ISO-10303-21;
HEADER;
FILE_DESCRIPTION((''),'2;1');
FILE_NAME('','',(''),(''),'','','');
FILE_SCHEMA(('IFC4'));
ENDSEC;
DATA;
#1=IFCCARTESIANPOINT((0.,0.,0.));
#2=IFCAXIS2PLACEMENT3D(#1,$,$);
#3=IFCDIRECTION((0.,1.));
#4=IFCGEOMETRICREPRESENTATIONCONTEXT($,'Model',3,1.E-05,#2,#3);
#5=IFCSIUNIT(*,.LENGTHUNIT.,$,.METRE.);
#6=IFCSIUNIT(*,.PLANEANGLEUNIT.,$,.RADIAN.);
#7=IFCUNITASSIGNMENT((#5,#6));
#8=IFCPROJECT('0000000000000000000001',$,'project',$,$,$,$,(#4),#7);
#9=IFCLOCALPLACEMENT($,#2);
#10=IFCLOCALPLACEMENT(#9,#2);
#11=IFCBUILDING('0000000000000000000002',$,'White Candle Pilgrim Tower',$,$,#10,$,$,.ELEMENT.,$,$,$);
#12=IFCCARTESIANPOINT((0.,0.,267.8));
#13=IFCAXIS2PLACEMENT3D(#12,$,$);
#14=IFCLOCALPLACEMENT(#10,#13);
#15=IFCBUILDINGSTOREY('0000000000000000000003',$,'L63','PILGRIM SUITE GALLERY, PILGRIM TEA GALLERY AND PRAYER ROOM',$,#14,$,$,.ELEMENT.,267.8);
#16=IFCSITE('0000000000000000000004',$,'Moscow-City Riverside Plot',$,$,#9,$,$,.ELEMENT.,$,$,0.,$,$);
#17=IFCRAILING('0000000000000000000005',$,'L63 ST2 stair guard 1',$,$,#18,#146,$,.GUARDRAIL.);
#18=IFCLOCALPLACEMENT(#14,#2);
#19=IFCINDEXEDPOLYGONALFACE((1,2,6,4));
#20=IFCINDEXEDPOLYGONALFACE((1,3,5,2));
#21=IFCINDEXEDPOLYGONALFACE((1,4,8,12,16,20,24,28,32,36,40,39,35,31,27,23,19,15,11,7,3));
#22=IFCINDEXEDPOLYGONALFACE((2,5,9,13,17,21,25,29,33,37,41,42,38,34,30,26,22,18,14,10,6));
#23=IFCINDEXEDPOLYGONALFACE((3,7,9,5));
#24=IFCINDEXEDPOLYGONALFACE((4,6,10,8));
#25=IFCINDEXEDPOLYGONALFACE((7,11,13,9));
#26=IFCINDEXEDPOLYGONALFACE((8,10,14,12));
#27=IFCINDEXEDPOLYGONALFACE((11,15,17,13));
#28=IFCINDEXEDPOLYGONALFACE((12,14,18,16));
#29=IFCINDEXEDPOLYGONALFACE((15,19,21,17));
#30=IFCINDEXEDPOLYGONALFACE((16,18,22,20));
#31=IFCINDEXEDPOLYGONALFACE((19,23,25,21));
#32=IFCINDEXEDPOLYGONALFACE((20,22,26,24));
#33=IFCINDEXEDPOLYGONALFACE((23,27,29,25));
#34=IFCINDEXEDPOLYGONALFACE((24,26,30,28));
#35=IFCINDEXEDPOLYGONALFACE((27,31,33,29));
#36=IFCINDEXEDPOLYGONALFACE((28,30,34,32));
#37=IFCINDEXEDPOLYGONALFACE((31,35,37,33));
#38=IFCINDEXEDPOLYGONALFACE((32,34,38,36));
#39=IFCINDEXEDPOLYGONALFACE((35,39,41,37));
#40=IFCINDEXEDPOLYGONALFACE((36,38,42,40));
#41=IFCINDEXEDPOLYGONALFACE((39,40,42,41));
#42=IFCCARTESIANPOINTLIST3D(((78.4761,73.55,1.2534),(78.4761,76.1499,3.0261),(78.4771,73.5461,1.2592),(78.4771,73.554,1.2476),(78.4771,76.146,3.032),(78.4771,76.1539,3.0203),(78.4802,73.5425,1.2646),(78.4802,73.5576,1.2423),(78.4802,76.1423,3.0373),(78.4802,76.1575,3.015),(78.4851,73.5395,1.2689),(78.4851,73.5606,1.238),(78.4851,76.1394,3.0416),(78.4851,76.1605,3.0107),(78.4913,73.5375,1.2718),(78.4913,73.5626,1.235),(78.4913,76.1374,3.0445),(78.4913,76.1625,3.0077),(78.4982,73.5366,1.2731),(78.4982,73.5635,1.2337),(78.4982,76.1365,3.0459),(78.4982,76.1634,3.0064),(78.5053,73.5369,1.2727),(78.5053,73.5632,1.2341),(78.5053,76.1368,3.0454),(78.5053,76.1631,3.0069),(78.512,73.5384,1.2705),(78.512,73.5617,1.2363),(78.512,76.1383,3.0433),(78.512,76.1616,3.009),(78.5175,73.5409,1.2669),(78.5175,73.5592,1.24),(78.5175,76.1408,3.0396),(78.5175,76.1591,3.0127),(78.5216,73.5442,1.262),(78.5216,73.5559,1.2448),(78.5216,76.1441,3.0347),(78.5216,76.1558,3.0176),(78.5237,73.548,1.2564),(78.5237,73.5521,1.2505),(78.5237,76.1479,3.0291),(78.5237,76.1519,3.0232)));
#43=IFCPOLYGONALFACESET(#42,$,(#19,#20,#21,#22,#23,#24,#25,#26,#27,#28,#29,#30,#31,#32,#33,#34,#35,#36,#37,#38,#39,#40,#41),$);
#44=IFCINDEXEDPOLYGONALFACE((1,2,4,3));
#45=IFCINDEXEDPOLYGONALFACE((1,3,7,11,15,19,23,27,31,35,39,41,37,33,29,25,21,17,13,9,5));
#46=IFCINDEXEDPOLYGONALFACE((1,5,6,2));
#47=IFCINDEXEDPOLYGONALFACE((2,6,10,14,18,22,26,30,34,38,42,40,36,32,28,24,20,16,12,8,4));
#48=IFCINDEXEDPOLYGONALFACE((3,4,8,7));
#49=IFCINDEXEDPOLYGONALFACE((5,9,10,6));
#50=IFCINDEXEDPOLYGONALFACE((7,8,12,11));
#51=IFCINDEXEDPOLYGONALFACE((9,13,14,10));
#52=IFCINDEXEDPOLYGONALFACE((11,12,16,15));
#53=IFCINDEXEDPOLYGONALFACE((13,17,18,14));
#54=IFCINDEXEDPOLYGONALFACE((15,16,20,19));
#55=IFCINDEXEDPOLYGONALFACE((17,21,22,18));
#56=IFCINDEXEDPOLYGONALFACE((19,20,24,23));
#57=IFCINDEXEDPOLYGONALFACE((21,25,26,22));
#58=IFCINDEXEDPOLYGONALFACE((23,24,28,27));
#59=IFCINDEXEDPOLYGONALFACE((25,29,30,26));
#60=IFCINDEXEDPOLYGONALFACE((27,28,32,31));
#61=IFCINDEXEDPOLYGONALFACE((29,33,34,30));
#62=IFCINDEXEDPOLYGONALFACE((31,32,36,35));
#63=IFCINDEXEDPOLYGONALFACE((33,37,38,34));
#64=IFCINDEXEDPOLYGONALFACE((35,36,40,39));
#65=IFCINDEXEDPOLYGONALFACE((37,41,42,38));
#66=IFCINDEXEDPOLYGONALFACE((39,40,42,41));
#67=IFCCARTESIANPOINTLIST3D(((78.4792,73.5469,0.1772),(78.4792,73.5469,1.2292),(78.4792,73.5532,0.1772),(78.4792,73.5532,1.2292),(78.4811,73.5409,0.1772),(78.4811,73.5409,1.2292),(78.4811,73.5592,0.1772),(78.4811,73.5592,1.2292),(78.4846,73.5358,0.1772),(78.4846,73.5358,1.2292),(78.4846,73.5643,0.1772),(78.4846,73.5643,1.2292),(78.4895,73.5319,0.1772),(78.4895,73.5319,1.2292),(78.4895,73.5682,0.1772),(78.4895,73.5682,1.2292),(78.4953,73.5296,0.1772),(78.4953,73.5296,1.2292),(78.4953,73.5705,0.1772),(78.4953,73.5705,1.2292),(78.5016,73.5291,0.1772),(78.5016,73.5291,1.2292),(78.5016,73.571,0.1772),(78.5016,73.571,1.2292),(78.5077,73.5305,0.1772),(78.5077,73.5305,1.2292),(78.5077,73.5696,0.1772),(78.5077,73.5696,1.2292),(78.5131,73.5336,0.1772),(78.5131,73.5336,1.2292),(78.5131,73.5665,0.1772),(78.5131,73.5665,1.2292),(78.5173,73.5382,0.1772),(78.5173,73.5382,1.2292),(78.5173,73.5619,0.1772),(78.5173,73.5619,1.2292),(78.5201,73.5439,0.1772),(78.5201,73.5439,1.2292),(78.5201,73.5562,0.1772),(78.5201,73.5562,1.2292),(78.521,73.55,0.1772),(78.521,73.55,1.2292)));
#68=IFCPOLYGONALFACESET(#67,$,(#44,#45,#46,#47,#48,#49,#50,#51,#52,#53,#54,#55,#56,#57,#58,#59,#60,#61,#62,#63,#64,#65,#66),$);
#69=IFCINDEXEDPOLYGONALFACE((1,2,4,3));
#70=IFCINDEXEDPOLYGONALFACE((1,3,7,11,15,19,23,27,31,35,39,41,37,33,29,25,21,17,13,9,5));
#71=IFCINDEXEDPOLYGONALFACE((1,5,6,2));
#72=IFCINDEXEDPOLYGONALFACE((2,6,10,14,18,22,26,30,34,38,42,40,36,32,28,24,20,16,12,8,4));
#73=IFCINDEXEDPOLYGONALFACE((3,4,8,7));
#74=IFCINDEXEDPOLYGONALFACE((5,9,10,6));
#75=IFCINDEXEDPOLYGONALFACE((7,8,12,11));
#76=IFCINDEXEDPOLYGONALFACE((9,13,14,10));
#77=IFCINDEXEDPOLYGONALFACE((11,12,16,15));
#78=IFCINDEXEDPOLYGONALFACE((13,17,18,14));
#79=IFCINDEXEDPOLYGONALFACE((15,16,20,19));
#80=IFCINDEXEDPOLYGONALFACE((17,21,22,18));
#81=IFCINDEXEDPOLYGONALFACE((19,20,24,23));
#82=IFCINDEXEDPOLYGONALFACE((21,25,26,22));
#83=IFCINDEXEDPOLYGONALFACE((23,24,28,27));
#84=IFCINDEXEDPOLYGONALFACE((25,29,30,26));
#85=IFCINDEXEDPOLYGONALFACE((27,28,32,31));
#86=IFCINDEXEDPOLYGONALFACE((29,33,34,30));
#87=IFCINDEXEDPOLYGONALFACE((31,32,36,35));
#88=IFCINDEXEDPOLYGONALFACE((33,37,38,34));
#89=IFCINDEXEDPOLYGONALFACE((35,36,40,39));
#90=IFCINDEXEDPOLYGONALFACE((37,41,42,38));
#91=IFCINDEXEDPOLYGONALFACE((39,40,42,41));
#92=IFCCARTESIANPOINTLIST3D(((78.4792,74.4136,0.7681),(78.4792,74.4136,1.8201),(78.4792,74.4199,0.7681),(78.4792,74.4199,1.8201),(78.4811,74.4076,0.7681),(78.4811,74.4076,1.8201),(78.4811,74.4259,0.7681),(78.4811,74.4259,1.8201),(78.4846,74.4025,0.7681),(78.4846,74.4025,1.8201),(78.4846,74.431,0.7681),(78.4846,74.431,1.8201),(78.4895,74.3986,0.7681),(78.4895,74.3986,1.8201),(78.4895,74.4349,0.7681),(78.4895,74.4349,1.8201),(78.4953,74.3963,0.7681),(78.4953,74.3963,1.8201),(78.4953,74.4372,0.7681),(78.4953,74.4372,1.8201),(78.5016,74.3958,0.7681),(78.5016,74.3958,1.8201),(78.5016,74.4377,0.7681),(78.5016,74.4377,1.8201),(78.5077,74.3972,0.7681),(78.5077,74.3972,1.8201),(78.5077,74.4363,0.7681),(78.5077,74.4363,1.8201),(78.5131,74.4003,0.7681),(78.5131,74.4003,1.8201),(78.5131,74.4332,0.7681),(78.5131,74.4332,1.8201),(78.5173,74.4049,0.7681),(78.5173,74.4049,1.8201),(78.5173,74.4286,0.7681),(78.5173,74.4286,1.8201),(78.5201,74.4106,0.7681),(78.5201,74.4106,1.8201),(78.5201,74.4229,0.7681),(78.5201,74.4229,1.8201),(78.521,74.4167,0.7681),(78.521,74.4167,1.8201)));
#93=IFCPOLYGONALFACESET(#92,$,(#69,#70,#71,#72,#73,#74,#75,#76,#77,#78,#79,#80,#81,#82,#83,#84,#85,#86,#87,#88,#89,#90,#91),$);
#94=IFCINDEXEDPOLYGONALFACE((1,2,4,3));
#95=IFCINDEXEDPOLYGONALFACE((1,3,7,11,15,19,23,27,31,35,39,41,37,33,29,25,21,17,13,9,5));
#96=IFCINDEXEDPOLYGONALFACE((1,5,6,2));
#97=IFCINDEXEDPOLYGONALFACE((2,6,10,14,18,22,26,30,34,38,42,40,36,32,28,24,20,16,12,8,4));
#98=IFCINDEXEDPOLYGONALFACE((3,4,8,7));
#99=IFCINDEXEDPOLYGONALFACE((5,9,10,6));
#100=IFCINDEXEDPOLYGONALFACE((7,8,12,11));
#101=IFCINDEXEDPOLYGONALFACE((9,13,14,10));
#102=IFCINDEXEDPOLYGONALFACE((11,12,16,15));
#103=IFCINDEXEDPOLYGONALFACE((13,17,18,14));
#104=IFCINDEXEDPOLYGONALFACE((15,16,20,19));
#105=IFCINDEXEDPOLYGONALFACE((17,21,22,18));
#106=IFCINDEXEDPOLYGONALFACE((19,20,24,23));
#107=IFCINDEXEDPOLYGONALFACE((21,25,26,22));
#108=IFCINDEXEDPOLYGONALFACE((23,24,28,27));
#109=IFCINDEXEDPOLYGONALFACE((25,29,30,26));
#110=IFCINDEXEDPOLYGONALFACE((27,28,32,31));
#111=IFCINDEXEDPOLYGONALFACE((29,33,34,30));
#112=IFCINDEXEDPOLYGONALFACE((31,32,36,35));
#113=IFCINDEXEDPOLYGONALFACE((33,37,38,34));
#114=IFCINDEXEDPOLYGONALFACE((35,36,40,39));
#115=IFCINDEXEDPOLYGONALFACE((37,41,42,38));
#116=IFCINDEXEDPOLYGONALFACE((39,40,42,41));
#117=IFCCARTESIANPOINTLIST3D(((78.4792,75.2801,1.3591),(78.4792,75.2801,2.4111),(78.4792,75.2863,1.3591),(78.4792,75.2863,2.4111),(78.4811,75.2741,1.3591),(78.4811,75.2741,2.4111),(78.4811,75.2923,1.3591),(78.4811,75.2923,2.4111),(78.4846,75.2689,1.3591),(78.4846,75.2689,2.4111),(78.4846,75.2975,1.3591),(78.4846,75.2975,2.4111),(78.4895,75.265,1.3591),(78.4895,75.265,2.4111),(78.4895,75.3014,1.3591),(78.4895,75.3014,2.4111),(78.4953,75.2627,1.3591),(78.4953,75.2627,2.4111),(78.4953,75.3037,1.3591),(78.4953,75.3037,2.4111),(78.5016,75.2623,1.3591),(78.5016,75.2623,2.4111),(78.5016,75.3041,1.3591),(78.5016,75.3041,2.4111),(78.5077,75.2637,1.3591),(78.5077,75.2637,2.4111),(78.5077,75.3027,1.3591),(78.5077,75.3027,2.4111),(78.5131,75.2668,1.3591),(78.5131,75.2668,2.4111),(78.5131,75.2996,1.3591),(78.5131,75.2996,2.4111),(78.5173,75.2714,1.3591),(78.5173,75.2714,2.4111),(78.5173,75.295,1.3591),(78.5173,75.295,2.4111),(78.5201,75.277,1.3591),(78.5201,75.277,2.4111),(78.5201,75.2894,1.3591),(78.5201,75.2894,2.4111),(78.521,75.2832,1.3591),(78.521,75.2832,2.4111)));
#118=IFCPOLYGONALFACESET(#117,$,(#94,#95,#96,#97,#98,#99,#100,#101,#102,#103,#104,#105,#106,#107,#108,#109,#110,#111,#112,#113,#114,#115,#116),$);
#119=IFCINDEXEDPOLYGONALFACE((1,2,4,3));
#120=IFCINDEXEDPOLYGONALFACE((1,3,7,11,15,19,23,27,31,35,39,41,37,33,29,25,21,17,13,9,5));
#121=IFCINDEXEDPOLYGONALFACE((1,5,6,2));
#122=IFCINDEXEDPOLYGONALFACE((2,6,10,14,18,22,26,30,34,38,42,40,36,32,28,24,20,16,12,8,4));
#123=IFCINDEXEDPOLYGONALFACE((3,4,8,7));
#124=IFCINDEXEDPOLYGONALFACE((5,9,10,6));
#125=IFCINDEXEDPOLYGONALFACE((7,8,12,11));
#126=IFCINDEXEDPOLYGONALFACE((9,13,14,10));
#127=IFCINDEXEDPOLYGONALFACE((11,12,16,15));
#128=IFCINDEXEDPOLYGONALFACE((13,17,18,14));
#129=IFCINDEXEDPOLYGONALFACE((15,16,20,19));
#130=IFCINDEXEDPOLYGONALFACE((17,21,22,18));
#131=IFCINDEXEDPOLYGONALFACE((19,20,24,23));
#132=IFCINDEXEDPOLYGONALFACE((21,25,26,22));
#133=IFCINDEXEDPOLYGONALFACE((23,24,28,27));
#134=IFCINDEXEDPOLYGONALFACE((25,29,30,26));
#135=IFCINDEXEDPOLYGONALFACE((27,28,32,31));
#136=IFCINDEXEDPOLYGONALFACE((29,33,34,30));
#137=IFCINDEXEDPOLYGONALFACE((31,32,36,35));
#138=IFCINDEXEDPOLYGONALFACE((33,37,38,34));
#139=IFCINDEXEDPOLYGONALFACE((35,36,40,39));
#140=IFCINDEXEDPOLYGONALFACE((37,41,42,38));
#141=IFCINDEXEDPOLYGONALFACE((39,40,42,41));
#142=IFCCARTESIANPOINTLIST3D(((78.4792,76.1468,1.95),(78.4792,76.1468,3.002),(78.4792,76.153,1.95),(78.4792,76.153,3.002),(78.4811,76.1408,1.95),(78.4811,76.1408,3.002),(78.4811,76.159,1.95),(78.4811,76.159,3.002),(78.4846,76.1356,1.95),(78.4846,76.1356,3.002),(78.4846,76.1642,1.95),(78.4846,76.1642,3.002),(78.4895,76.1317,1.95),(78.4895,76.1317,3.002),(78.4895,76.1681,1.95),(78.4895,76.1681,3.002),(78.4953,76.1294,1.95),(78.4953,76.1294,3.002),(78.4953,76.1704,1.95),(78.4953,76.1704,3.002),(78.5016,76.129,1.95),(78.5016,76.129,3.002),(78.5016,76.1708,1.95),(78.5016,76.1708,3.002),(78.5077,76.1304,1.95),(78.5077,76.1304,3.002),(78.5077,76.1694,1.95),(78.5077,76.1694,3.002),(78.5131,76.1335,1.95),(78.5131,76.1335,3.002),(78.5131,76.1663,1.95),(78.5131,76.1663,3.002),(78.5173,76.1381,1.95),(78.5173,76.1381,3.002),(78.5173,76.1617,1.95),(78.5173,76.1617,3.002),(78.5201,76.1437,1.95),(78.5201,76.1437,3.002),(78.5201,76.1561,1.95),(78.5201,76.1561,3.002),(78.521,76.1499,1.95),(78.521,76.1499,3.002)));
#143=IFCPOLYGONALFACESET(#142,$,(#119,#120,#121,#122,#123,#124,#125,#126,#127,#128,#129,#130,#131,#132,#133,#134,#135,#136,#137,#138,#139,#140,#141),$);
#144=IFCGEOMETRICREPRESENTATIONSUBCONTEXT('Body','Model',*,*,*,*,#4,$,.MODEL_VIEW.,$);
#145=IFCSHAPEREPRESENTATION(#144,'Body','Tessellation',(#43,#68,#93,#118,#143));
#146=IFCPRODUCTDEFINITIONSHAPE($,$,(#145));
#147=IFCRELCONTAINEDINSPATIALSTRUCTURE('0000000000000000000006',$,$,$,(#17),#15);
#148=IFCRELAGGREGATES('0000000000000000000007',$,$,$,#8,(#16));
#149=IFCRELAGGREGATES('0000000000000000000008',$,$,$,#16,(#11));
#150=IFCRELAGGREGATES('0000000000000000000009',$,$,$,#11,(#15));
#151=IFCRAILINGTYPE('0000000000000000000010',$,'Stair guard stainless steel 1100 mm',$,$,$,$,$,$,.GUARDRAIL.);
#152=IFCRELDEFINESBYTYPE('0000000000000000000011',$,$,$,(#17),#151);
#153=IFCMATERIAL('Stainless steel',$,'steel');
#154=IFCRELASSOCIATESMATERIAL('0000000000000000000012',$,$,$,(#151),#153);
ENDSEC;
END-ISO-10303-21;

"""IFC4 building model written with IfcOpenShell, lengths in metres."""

from ifc_helpers import new_model, si_unit, direction, frame, origin, origin_2d, place, context, subcontext, project, spatial, circle, extrude, material, type_object, element, save


model = new_model("IFC4")

# Units and contexts
model_context = context("Model", 3, precision=1e-05, world=origin(), true_north=direction((0.0, 1.0)))
body_context = subcontext(model_context, "Body", "Model", "MODEL_VIEW")
ifc_project = project(units=[si_unit("LENGTHUNIT", "METRE"), si_unit("PLANEANGLEUNIT", "RADIAN")], contexts=[model_context])

# Site, building, storey
site_placement = place(None, origin())
site = spatial("IfcSite", under=ifc_project, at=site_placement, Name="Moscow-City Riverside Plot", CompositionType="ELEMENT", RefElevation=0.0)
building_placement = place(site_placement, origin())
building = spatial("IfcBuilding", under=site, at=building_placement, Name="White Candle Pilgrim Tower", CompositionType="ELEMENT")
storey_placement = place(building_placement, frame((0.0, 0.0, 267.8)))
storey = spatial("IfcBuildingStorey", under=building, at=storey_placement, Name="L63", Description="PILGRIM SUITE GALLERY, PILGRIM TEA GALLERY AND PRAYER ROOM", CompositionType="ELEMENT", Elevation=267.8)

# Railing
ifc_material_1 = material(Name="Stainless steel", Category="steel")
railing_type_1 = type_object("IfcRailingType", Name="Stair guard stainless steel 1100 mm", PredefinedType="GUARDRAIL", material=ifc_material_1)
railing_1_placement = place(storey_placement, frame((78.5, 73.55, 0.1772)))
element("IfcRailing", 1, at=railing_1_placement, inside=storey, type_object=railing_type_1, Name="L63 ST2 stair guard 1", PredefinedType="GUARDRAIL", context=body_context, shape_type="SweptSolid", body=[
    extrude(circle(Radius=0.0239, at=origin_2d()), frame((0.0, 0.0, 1.0762), z_axis=(0.0, 0.826216, 0.563354), x_axis=(-1.0, 0.0, 0.0)), (0.0, 0.0, 1.0), 3.1467),
    extrude(circle(Radius=0.021, at=origin_2d()), origin(), (0.0, 0.0, 1.0), 1.052),
    extrude(circle(Radius=0.021, at=origin_2d()), frame((0.0, 0.8667, 0.5908)), (0.0, 0.0, 1.0), 1.052),
    extrude(circle(Radius=0.021, at=origin_2d()), frame((0.0, 1.7332, 1.1819)), (0.0, 0.0, 1.0), 1.052),
    extrude(circle(Radius=0.021, at=origin_2d()), frame((0.0, 2.5999, 1.7727)), (0.0, 0.0, 1.0), 1.052),
])

save(model, "model.ifc")
